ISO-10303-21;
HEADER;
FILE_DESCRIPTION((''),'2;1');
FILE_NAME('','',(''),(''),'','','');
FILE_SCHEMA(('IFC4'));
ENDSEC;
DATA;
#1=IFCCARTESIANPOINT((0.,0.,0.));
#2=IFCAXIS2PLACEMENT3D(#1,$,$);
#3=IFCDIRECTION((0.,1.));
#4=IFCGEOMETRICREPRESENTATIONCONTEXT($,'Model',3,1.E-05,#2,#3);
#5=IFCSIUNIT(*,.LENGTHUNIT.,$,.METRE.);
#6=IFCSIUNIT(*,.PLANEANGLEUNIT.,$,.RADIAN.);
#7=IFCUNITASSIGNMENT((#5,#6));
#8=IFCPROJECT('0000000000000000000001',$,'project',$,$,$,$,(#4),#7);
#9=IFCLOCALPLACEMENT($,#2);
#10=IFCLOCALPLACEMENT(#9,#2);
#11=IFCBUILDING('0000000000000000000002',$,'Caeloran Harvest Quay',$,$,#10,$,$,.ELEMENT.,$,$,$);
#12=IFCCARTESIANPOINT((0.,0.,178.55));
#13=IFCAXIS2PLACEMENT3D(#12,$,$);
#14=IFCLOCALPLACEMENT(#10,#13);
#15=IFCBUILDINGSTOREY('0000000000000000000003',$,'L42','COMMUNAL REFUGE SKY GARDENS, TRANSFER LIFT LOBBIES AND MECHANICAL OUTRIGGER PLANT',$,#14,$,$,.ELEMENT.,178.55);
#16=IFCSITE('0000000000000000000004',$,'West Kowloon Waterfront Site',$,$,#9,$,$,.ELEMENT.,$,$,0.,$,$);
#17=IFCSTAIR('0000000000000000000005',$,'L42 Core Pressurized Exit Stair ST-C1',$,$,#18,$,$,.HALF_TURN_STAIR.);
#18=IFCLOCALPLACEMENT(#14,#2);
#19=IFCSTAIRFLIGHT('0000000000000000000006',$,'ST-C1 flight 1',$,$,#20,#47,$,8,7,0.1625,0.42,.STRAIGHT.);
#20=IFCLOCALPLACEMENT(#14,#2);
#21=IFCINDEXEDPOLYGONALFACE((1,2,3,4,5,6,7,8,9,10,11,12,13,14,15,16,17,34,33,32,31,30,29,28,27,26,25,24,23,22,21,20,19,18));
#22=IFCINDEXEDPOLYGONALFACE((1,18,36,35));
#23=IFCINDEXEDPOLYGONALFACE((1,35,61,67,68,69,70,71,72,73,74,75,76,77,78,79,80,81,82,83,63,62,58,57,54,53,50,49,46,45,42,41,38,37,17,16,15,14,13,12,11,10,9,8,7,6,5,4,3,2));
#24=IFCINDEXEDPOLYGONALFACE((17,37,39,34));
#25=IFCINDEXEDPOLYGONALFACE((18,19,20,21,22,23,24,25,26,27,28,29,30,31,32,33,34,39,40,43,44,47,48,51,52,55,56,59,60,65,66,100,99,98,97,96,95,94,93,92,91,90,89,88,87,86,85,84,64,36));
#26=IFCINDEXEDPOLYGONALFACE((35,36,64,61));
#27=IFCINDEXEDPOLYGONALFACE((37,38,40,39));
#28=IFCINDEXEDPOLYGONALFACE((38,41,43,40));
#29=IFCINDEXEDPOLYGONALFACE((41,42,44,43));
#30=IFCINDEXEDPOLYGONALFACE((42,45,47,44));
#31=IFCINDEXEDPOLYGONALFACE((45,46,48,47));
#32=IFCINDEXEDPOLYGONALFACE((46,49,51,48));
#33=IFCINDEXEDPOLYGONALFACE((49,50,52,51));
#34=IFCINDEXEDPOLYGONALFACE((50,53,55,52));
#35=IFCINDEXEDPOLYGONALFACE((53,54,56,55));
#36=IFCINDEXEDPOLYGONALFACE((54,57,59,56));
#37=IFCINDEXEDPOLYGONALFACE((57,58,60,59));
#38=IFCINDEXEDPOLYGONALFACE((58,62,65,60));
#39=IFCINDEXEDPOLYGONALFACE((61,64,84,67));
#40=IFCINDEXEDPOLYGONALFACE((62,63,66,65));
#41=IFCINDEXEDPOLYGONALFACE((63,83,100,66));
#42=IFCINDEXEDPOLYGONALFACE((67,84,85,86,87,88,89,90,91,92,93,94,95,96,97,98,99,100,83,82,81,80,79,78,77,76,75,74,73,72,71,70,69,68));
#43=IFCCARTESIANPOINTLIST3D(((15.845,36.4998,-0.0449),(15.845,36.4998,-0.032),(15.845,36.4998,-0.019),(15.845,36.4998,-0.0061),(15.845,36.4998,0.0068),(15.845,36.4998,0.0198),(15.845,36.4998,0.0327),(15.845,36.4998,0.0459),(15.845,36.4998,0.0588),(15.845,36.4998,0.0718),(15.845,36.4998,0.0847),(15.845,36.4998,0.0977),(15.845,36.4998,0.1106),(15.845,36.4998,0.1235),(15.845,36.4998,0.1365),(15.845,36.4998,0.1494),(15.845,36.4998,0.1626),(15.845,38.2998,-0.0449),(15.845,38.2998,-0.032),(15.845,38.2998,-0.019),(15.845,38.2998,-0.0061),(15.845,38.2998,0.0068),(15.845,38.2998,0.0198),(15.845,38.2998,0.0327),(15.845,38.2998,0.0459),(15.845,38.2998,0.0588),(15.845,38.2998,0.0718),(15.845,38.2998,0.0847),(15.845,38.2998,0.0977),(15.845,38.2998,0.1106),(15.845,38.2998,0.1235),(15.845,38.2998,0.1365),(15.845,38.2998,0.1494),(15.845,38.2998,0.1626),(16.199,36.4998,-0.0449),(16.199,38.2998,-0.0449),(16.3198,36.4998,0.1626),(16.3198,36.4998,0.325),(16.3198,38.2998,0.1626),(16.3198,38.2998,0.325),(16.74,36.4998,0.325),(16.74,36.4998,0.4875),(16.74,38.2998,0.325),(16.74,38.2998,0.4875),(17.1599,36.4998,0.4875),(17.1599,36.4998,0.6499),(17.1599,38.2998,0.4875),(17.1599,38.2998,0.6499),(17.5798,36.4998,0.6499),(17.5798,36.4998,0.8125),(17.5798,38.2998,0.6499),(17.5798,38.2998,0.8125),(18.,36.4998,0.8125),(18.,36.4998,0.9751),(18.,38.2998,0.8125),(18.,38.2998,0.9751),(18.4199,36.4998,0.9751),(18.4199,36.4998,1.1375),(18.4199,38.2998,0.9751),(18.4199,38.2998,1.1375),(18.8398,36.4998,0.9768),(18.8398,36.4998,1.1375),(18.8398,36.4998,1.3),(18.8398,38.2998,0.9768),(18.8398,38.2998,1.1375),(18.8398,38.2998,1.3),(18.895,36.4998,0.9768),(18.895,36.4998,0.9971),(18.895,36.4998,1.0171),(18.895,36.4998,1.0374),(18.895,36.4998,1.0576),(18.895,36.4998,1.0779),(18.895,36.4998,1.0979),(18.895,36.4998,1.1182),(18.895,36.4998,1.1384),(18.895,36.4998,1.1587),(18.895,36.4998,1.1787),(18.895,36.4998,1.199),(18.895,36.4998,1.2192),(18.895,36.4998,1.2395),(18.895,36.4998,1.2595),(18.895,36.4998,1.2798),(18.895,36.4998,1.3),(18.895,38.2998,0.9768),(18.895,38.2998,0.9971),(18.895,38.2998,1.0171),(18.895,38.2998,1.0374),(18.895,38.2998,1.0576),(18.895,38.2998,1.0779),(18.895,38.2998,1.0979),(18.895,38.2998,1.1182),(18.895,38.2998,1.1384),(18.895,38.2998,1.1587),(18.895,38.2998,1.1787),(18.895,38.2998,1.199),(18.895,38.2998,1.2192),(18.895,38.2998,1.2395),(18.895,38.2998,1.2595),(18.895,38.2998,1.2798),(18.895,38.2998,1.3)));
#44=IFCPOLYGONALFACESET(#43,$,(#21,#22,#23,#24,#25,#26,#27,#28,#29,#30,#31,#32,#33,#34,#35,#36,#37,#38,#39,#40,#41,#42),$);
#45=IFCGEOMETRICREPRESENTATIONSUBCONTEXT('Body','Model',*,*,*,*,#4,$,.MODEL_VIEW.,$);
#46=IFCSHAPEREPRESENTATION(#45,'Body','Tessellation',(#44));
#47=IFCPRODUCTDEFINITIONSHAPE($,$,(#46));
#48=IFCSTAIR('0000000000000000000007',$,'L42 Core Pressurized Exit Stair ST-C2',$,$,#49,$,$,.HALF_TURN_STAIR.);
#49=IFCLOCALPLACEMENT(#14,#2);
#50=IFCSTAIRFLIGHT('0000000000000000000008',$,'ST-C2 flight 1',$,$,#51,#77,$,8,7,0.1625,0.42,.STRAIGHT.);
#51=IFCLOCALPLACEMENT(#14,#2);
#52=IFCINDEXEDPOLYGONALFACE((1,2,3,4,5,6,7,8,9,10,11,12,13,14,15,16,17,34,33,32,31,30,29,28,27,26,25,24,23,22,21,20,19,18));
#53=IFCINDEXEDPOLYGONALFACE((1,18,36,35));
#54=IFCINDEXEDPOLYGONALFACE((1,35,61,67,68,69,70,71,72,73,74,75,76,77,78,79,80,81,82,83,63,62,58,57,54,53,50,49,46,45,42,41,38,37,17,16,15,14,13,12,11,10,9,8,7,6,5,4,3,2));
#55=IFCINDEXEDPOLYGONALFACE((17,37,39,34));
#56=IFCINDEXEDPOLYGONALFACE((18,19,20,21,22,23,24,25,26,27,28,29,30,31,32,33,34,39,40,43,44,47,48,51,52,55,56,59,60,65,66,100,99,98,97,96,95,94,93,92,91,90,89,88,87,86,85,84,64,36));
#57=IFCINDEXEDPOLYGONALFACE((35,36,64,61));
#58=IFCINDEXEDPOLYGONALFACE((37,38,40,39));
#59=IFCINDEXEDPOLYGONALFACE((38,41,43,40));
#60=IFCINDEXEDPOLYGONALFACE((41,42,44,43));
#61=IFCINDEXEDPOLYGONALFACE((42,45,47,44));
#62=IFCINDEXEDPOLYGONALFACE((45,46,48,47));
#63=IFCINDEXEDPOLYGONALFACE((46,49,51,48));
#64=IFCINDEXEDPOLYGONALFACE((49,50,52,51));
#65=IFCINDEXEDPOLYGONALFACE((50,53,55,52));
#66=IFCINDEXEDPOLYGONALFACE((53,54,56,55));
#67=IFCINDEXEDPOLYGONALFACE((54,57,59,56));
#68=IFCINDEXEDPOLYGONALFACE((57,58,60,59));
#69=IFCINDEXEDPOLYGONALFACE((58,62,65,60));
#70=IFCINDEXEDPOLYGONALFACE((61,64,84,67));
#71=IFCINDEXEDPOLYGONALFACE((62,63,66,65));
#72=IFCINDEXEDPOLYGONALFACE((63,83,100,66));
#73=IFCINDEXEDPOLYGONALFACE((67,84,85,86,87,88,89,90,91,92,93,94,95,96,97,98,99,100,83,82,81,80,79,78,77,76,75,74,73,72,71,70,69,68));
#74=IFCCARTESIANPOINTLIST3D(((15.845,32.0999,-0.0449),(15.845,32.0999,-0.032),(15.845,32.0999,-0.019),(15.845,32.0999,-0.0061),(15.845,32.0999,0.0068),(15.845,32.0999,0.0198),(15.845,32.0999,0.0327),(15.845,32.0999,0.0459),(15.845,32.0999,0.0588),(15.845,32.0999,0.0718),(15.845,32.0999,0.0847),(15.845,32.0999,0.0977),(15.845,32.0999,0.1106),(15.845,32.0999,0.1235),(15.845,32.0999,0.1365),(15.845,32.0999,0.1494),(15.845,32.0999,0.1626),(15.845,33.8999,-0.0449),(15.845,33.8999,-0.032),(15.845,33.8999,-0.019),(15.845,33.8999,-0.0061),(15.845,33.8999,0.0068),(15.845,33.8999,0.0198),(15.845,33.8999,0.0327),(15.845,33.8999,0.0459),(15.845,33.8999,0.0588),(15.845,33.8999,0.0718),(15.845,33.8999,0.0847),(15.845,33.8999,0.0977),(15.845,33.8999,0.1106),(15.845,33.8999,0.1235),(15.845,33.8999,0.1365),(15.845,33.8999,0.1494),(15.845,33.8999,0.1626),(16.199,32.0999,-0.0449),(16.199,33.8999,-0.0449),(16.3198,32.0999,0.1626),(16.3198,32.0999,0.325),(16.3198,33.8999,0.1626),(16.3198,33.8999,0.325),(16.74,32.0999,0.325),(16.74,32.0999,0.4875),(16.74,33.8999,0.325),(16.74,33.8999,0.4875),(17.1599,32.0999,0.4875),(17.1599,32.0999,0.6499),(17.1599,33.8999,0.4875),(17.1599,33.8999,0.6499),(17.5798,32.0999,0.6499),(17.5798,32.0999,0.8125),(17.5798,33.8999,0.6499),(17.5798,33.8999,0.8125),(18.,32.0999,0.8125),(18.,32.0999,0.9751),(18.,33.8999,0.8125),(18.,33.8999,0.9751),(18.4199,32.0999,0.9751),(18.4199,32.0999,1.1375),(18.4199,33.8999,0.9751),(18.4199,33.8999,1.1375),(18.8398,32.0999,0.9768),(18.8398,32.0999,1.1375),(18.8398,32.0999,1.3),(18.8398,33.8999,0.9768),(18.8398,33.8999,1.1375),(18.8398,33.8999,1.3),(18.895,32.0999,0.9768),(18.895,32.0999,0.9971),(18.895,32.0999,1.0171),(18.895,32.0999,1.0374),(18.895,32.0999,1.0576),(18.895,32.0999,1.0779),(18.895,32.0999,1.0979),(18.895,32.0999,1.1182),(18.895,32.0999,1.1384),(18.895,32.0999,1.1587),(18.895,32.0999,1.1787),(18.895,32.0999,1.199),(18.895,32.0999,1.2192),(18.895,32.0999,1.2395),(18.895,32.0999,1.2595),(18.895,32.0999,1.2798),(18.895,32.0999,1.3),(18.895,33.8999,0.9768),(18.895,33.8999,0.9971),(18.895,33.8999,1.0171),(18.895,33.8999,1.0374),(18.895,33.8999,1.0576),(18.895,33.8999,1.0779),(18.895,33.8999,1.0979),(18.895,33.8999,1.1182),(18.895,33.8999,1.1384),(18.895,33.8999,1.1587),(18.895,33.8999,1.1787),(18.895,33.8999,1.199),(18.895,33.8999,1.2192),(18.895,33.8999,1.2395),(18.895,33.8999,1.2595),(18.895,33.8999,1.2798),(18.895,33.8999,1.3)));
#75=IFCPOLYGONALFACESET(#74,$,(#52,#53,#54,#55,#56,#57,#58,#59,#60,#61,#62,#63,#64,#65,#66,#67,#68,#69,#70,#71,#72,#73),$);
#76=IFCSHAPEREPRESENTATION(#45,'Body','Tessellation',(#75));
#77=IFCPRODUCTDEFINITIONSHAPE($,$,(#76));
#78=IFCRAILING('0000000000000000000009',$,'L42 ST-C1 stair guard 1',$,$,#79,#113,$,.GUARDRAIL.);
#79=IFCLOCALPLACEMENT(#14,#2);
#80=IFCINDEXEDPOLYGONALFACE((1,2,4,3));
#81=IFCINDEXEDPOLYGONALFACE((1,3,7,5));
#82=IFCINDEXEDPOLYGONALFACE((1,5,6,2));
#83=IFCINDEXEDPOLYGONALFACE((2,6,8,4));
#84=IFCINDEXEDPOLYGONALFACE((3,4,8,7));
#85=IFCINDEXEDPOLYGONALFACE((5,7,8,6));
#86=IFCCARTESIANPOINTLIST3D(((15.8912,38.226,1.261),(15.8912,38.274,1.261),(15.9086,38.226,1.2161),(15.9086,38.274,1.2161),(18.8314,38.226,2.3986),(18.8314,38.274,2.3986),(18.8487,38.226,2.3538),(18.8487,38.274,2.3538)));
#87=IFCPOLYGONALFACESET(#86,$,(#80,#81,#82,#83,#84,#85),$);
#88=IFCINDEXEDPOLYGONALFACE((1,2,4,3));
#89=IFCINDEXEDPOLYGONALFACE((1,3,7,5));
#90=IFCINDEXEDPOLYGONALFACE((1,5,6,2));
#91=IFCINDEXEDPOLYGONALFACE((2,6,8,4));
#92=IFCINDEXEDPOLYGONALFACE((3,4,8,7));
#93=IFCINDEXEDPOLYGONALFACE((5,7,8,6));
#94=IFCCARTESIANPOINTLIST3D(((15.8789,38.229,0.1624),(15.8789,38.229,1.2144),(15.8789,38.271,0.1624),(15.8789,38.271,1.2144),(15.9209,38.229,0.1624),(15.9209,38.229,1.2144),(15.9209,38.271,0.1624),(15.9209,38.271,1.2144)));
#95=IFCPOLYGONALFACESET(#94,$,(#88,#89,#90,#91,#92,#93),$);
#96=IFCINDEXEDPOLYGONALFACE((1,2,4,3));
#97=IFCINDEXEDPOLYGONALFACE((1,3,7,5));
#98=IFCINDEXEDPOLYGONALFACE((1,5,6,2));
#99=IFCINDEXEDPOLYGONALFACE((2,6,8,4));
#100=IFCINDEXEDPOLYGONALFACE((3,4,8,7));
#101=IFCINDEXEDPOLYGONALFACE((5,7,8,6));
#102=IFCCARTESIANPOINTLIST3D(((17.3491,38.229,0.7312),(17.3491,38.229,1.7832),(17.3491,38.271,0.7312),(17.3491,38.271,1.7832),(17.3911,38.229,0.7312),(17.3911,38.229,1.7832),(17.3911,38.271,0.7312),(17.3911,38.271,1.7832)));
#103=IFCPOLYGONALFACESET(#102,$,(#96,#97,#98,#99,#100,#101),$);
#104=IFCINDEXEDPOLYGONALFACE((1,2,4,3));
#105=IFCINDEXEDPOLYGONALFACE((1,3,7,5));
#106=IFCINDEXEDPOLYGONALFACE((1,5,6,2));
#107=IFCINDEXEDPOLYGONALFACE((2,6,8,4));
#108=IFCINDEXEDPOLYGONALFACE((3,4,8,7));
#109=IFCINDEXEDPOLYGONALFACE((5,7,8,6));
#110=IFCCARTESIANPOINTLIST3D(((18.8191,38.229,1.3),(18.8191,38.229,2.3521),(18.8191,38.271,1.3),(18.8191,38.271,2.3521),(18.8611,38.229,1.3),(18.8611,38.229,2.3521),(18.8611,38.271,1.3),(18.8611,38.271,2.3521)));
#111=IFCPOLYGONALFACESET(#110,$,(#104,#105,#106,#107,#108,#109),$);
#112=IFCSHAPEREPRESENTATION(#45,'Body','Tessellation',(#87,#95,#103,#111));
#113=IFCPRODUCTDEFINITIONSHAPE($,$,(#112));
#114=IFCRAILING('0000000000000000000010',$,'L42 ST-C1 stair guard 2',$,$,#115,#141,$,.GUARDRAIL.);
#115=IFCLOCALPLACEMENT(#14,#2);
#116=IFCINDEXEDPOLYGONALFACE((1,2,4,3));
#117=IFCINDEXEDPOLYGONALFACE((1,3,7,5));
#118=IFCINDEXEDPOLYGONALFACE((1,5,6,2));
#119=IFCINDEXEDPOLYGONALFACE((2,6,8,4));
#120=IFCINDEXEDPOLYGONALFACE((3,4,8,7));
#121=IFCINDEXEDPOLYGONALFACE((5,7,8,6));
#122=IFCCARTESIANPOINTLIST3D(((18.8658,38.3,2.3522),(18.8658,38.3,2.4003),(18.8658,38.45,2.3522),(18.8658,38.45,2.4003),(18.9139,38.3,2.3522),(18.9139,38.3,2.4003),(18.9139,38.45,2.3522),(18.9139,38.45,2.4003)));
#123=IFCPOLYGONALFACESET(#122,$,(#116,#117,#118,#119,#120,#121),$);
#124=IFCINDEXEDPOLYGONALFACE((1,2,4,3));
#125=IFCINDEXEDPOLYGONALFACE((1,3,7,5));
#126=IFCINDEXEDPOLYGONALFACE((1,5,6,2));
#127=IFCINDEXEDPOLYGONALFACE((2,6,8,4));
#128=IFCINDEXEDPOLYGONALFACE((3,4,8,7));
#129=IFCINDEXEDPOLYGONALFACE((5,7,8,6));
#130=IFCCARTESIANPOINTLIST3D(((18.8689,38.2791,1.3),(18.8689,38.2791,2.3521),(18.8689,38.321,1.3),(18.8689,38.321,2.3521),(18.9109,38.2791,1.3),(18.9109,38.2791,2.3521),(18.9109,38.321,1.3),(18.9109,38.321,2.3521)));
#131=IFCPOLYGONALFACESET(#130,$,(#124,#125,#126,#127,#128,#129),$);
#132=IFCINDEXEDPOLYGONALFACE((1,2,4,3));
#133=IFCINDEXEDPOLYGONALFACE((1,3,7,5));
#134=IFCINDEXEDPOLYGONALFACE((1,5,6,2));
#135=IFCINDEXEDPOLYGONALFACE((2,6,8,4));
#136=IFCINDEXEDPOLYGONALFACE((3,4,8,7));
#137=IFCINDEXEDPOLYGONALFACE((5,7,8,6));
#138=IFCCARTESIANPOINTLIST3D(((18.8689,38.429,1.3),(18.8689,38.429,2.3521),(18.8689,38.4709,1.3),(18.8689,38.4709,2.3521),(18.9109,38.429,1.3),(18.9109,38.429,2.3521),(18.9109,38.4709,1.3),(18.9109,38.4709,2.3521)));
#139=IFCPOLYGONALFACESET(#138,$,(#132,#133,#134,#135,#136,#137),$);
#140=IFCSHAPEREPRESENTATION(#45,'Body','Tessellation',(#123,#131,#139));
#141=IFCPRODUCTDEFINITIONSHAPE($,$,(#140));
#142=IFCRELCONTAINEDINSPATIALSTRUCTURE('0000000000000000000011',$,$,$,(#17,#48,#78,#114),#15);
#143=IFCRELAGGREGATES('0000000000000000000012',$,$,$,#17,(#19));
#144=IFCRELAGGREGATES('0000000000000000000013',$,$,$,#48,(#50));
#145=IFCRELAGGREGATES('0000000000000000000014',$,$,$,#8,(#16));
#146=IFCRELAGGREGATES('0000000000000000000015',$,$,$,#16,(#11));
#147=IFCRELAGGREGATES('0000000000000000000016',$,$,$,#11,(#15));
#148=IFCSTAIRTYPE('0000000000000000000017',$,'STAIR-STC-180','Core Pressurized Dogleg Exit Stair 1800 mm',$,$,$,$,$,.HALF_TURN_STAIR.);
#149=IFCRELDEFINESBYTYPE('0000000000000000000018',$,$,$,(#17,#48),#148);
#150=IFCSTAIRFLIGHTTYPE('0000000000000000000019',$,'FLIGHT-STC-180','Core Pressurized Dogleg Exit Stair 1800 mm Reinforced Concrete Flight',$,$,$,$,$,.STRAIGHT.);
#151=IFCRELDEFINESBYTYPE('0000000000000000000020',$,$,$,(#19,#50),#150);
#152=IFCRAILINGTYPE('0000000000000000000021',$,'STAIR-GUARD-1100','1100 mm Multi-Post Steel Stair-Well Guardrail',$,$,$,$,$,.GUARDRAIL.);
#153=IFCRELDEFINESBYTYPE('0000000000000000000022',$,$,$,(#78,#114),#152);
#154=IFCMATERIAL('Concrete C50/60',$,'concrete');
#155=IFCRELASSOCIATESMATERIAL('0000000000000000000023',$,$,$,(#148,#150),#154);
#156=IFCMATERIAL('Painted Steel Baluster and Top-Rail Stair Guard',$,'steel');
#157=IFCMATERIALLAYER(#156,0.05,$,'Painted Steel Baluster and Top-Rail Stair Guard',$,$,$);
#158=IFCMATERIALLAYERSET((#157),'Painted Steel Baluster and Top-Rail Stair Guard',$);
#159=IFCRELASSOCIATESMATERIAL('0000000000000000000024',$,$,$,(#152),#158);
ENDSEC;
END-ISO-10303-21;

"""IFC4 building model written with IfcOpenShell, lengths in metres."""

from ifc_helpers import new_model, si_unit, direction, frame, origin, origin_2d, place, context, subcontext, project, spatial, polyline, rectangle, outline, extrude, material, layer, layer_set, type_object, element, aggregate, save


model = new_model("IFC4")

# Units and contexts
model_context = context("Model", 3, precision=1e-05, world=origin(), true_north=direction((0.0, 1.0)))
body_context = subcontext(model_context, "Body", "Model", "MODEL_VIEW")
ifc_project = project(units=[si_unit("LENGTHUNIT", "METRE"), si_unit("PLANEANGLEUNIT", "RADIAN")], contexts=[model_context])

# Site, building, storey
site_placement = place(None, origin())
site = spatial("IfcSite", under=ifc_project, at=site_placement, Name="West Kowloon Waterfront Site", CompositionType="ELEMENT", RefElevation=0.0)
building_placement = place(site_placement, origin())
building = spatial("IfcBuilding", under=site, at=building_placement, Name="Caeloran Harvest Quay", CompositionType="ELEMENT")
storey_placement = place(building_placement, frame((0.0, 0.0, 178.55)))
storey = spatial("IfcBuildingStorey", under=building, at=storey_placement, Name="L42", Description="COMMUNAL REFUGE SKY GARDENS, TRANSFER LIFT LOBBIES AND MECHANICAL OUTRIGGER PLANT", CompositionType="ELEMENT", Elevation=178.55)

# Shared definitions
ifc_material_1 = material(Name="Concrete C50/60", Category="concrete")

# Stairs, stair flights
stair_type = type_object("IfcStairType", Name="STAIR-STC-180", Description="Core Pressurized Dogleg Exit Stair 1800 mm", PredefinedType="HALF_TURN_STAIR", material=ifc_material_1)
stair_1_placement = place(storey_placement, origin())
stair_1 = element("IfcStair", 1, at=stair_1_placement, inside=storey, type_object=stair_type, Name="L42 Core Pressurized Exit Stair ST-C1", PredefinedType="HALF_TURN_STAIR")
stair_flight_type = type_object("IfcStairFlightType", Name="FLIGHT-STC-180", Description="Core Pressurized Dogleg Exit Stair 1800 mm Reinforced Concrete Flight", PredefinedType="STRAIGHT", material=ifc_material_1)
stair_flight_1_placement = place(storey_placement, frame((15.8999, 37.3999, 0.0), z_axis=(0.0, 0.0, 1.0), x_axis=(1.0, 0.0, 0.0)))
stair_flight_1 = element("IfcStairFlight", 2, at=stair_flight_1_placement, type_object=stair_flight_type, Name="ST-C1 flight 1", NumberOfRisers=8, NumberOfTreads=7, PredefinedType="STRAIGHT", RiserHeight=0.1625, TreadLength=0.42, context=body_context, shape_type="SweptSolid", body=[
    extrude(outline(polyline([(-0.0549, -0.0449), (-0.0549, -0.032), (-0.0549, -0.019), (-0.0549, -0.0061), (-0.0549, 0.0068), (-0.0549, 0.0198), (-0.0549, 0.0327), (-0.0549, 0.0459), (-0.0549, 0.0588), (-0.0549, 0.0718), (-0.0549, 0.0847), (-0.0549, 0.0977), (-0.0549, 0.1106), (-0.0549, 0.1235), (-0.0549, 0.1365), (-0.0549, 0.1494), (-0.0549, 0.1626), (0.4199, 0.1626), (0.4199, 0.325), (0.8401, 0.325), (0.8401, 0.4875), (1.26, 0.4875), (1.26, 0.6499), (1.6799, 0.6499), (1.6799, 0.8125), (2.1001, 0.8125), (2.1001, 0.9751), (2.52, 0.9751), (2.52, 1.1375), (2.9399, 1.1375), (2.9399, 1.3), (2.9951, 1.3), (2.9951, 1.2798), (2.9951, 1.2595), (2.9951, 1.2395), (2.9951, 1.2192), (2.9951, 1.199), (2.9951, 1.1787), (2.9951, 1.1587), (2.9951, 1.1384), (2.9951, 1.1182), (2.9951, 1.0979), (2.9951, 1.0779), (2.9951, 1.0576), (2.9951, 1.0374), (2.9951, 1.0171), (2.9951, 0.9971), (2.9951, 0.9768), (2.9399, 0.9768), (0.2991, -0.0449), (-0.0549, -0.0449)])), frame((0.0, 0.8999, 0.0), z_axis=(0.0, -1.0, 0.0), x_axis=(1.0, 0.0, 0.0)), (0.0, 0.0, 1.0), 1.8),
])
aggregate(stair_1, [stair_flight_1])
stair_2_placement = place(storey_placement, origin())
stair_2 = element("IfcStair", 3, at=stair_2_placement, inside=storey, type_object=stair_type, Name="L42 Core Pressurized Exit Stair ST-C2", PredefinedType="HALF_TURN_STAIR")
stair_flight_2_placement = place(storey_placement, frame((15.8999, 33.0, 0.0), z_axis=(0.0, 0.0, 1.0), x_axis=(1.0, 0.0, 0.0)))
stair_flight_2 = element("IfcStairFlight", 4, at=stair_flight_2_placement, type_object=stair_flight_type, Name="ST-C2 flight 1", NumberOfRisers=8, NumberOfTreads=7, PredefinedType="STRAIGHT", RiserHeight=0.1625, TreadLength=0.42, context=body_context, shape_type="SweptSolid", body=[
    extrude(outline(polyline([(-0.0549, -0.0449), (-0.0549, -0.032), (-0.0549, -0.019), (-0.0549, -0.0061), (-0.0549, 0.0068), (-0.0549, 0.0198), (-0.0549, 0.0327), (-0.0549, 0.0459), (-0.0549, 0.0588), (-0.0549, 0.0718), (-0.0549, 0.0847), (-0.0549, 0.0977), (-0.0549, 0.1106), (-0.0549, 0.1235), (-0.0549, 0.1365), (-0.0549, 0.1494), (-0.0549, 0.1626), (0.4199, 0.1626), (0.4199, 0.325), (0.8401, 0.325), (0.8401, 0.4875), (1.26, 0.4875), (1.26, 0.6499), (1.6799, 0.6499), (1.6799, 0.8125), (2.1001, 0.8125), (2.1001, 0.9751), (2.52, 0.9751), (2.52, 1.1375), (2.9399, 1.1375), (2.9399, 1.3), (2.9951, 1.3), (2.9951, 1.2798), (2.9951, 1.2595), (2.9951, 1.2395), (2.9951, 1.2192), (2.9951, 1.199), (2.9951, 1.1787), (2.9951, 1.1587), (2.9951, 1.1384), (2.9951, 1.1182), (2.9951, 1.0979), (2.9951, 1.0779), (2.9951, 1.0576), (2.9951, 1.0374), (2.9951, 1.0171), (2.9951, 0.9971), (2.9951, 0.9768), (2.9399, 0.9768), (0.2991, -0.0449), (-0.0549, -0.0449)])), frame((0.0, 0.8999, 0.0), z_axis=(0.0, -1.0, 0.0), x_axis=(1.0, 0.0, 0.0)), (0.0, 0.0, 1.0), 1.8),
])
aggregate(stair_2, [stair_flight_2])

# Railings
ifc_material_2 = material(Name="Painted Steel Baluster and Top-Rail Stair Guard", Category="steel")
ifc_layer_1 = layer(ifc_material_2, 0.05, Name="Painted Steel Baluster and Top-Rail Stair Guard")
ifc_layer_set_1 = layer_set([ifc_layer_1], Name="Painted Steel Baluster and Top-Rail Stair Guard")
railing_type_1 = type_object("IfcRailingType", Name="STAIR-GUARD-1100", Description="1100 mm Multi-Post Steel Stair-Well Guardrail", PredefinedType="GUARDRAIL", material=ifc_layer_set_1)
railing_1_placement = place(storey_placement, frame((15.8999, 38.25, 0.1624)))
element("IfcRailing", 5, at=railing_1_placement, inside=storey, type_object=railing_type_1, Name="L42 ST-C1 stair guard 1", PredefinedType="GUARDRAIL", context=body_context, shape_type="SweptSolid", body=[
    extrude(rectangle(XDim=0.0481, YDim=0.0481, at=origin_2d()), frame((0.0, 0.0, 1.0762), z_axis=(0.932615, 0.0, 0.360872), x_axis=(0.0, 1.0, 0.0)), (0.0, 0.0, 1.0), 3.1526),
    extrude(rectangle(XDim=0.042, YDim=0.042, at=origin_2d()), origin(), (0.0, 0.0, 1.0), 1.052),
    extrude(rectangle(XDim=0.042, YDim=0.042, at=origin_2d()), frame((1.4702, 0.0, 0.5688)), (0.0, 0.0, 1.0), 1.052),
    extrude(rectangle(XDim=0.042, YDim=0.042, at=origin_2d()), frame((2.9402, 0.0, 1.1377)), (0.0, 0.0, 1.0), 1.052),
])
railing_2_placement = place(storey_placement, frame((18.8899, 38.3, 1.3)))
element("IfcRailing", 6, at=railing_2_placement, inside=storey, type_object=railing_type_1, Name="L42 ST-C1 stair guard 2", PredefinedType="GUARDRAIL", context=body_context, shape_type="SweptSolid", body=[
    extrude(rectangle(XDim=0.0481, YDim=0.0481, at=origin_2d()), frame((0.0, 0.0, 1.0762), z_axis=(0.0, 1.0, 0.0), x_axis=(-1.0, 0.0, 0.0)), (0.0, 0.0, 1.0), 0.1499),
    extrude(rectangle(XDim=0.042, YDim=0.042, at=origin_2d()), origin(), (0.0, 0.0, 1.0), 1.052),
    extrude(rectangle(XDim=0.042, YDim=0.042, at=origin_2d()), frame((0.0, 0.1499, 0.0)), (0.0, 0.0, 1.0), 1.052),
])

save(model, "model.ifc")
